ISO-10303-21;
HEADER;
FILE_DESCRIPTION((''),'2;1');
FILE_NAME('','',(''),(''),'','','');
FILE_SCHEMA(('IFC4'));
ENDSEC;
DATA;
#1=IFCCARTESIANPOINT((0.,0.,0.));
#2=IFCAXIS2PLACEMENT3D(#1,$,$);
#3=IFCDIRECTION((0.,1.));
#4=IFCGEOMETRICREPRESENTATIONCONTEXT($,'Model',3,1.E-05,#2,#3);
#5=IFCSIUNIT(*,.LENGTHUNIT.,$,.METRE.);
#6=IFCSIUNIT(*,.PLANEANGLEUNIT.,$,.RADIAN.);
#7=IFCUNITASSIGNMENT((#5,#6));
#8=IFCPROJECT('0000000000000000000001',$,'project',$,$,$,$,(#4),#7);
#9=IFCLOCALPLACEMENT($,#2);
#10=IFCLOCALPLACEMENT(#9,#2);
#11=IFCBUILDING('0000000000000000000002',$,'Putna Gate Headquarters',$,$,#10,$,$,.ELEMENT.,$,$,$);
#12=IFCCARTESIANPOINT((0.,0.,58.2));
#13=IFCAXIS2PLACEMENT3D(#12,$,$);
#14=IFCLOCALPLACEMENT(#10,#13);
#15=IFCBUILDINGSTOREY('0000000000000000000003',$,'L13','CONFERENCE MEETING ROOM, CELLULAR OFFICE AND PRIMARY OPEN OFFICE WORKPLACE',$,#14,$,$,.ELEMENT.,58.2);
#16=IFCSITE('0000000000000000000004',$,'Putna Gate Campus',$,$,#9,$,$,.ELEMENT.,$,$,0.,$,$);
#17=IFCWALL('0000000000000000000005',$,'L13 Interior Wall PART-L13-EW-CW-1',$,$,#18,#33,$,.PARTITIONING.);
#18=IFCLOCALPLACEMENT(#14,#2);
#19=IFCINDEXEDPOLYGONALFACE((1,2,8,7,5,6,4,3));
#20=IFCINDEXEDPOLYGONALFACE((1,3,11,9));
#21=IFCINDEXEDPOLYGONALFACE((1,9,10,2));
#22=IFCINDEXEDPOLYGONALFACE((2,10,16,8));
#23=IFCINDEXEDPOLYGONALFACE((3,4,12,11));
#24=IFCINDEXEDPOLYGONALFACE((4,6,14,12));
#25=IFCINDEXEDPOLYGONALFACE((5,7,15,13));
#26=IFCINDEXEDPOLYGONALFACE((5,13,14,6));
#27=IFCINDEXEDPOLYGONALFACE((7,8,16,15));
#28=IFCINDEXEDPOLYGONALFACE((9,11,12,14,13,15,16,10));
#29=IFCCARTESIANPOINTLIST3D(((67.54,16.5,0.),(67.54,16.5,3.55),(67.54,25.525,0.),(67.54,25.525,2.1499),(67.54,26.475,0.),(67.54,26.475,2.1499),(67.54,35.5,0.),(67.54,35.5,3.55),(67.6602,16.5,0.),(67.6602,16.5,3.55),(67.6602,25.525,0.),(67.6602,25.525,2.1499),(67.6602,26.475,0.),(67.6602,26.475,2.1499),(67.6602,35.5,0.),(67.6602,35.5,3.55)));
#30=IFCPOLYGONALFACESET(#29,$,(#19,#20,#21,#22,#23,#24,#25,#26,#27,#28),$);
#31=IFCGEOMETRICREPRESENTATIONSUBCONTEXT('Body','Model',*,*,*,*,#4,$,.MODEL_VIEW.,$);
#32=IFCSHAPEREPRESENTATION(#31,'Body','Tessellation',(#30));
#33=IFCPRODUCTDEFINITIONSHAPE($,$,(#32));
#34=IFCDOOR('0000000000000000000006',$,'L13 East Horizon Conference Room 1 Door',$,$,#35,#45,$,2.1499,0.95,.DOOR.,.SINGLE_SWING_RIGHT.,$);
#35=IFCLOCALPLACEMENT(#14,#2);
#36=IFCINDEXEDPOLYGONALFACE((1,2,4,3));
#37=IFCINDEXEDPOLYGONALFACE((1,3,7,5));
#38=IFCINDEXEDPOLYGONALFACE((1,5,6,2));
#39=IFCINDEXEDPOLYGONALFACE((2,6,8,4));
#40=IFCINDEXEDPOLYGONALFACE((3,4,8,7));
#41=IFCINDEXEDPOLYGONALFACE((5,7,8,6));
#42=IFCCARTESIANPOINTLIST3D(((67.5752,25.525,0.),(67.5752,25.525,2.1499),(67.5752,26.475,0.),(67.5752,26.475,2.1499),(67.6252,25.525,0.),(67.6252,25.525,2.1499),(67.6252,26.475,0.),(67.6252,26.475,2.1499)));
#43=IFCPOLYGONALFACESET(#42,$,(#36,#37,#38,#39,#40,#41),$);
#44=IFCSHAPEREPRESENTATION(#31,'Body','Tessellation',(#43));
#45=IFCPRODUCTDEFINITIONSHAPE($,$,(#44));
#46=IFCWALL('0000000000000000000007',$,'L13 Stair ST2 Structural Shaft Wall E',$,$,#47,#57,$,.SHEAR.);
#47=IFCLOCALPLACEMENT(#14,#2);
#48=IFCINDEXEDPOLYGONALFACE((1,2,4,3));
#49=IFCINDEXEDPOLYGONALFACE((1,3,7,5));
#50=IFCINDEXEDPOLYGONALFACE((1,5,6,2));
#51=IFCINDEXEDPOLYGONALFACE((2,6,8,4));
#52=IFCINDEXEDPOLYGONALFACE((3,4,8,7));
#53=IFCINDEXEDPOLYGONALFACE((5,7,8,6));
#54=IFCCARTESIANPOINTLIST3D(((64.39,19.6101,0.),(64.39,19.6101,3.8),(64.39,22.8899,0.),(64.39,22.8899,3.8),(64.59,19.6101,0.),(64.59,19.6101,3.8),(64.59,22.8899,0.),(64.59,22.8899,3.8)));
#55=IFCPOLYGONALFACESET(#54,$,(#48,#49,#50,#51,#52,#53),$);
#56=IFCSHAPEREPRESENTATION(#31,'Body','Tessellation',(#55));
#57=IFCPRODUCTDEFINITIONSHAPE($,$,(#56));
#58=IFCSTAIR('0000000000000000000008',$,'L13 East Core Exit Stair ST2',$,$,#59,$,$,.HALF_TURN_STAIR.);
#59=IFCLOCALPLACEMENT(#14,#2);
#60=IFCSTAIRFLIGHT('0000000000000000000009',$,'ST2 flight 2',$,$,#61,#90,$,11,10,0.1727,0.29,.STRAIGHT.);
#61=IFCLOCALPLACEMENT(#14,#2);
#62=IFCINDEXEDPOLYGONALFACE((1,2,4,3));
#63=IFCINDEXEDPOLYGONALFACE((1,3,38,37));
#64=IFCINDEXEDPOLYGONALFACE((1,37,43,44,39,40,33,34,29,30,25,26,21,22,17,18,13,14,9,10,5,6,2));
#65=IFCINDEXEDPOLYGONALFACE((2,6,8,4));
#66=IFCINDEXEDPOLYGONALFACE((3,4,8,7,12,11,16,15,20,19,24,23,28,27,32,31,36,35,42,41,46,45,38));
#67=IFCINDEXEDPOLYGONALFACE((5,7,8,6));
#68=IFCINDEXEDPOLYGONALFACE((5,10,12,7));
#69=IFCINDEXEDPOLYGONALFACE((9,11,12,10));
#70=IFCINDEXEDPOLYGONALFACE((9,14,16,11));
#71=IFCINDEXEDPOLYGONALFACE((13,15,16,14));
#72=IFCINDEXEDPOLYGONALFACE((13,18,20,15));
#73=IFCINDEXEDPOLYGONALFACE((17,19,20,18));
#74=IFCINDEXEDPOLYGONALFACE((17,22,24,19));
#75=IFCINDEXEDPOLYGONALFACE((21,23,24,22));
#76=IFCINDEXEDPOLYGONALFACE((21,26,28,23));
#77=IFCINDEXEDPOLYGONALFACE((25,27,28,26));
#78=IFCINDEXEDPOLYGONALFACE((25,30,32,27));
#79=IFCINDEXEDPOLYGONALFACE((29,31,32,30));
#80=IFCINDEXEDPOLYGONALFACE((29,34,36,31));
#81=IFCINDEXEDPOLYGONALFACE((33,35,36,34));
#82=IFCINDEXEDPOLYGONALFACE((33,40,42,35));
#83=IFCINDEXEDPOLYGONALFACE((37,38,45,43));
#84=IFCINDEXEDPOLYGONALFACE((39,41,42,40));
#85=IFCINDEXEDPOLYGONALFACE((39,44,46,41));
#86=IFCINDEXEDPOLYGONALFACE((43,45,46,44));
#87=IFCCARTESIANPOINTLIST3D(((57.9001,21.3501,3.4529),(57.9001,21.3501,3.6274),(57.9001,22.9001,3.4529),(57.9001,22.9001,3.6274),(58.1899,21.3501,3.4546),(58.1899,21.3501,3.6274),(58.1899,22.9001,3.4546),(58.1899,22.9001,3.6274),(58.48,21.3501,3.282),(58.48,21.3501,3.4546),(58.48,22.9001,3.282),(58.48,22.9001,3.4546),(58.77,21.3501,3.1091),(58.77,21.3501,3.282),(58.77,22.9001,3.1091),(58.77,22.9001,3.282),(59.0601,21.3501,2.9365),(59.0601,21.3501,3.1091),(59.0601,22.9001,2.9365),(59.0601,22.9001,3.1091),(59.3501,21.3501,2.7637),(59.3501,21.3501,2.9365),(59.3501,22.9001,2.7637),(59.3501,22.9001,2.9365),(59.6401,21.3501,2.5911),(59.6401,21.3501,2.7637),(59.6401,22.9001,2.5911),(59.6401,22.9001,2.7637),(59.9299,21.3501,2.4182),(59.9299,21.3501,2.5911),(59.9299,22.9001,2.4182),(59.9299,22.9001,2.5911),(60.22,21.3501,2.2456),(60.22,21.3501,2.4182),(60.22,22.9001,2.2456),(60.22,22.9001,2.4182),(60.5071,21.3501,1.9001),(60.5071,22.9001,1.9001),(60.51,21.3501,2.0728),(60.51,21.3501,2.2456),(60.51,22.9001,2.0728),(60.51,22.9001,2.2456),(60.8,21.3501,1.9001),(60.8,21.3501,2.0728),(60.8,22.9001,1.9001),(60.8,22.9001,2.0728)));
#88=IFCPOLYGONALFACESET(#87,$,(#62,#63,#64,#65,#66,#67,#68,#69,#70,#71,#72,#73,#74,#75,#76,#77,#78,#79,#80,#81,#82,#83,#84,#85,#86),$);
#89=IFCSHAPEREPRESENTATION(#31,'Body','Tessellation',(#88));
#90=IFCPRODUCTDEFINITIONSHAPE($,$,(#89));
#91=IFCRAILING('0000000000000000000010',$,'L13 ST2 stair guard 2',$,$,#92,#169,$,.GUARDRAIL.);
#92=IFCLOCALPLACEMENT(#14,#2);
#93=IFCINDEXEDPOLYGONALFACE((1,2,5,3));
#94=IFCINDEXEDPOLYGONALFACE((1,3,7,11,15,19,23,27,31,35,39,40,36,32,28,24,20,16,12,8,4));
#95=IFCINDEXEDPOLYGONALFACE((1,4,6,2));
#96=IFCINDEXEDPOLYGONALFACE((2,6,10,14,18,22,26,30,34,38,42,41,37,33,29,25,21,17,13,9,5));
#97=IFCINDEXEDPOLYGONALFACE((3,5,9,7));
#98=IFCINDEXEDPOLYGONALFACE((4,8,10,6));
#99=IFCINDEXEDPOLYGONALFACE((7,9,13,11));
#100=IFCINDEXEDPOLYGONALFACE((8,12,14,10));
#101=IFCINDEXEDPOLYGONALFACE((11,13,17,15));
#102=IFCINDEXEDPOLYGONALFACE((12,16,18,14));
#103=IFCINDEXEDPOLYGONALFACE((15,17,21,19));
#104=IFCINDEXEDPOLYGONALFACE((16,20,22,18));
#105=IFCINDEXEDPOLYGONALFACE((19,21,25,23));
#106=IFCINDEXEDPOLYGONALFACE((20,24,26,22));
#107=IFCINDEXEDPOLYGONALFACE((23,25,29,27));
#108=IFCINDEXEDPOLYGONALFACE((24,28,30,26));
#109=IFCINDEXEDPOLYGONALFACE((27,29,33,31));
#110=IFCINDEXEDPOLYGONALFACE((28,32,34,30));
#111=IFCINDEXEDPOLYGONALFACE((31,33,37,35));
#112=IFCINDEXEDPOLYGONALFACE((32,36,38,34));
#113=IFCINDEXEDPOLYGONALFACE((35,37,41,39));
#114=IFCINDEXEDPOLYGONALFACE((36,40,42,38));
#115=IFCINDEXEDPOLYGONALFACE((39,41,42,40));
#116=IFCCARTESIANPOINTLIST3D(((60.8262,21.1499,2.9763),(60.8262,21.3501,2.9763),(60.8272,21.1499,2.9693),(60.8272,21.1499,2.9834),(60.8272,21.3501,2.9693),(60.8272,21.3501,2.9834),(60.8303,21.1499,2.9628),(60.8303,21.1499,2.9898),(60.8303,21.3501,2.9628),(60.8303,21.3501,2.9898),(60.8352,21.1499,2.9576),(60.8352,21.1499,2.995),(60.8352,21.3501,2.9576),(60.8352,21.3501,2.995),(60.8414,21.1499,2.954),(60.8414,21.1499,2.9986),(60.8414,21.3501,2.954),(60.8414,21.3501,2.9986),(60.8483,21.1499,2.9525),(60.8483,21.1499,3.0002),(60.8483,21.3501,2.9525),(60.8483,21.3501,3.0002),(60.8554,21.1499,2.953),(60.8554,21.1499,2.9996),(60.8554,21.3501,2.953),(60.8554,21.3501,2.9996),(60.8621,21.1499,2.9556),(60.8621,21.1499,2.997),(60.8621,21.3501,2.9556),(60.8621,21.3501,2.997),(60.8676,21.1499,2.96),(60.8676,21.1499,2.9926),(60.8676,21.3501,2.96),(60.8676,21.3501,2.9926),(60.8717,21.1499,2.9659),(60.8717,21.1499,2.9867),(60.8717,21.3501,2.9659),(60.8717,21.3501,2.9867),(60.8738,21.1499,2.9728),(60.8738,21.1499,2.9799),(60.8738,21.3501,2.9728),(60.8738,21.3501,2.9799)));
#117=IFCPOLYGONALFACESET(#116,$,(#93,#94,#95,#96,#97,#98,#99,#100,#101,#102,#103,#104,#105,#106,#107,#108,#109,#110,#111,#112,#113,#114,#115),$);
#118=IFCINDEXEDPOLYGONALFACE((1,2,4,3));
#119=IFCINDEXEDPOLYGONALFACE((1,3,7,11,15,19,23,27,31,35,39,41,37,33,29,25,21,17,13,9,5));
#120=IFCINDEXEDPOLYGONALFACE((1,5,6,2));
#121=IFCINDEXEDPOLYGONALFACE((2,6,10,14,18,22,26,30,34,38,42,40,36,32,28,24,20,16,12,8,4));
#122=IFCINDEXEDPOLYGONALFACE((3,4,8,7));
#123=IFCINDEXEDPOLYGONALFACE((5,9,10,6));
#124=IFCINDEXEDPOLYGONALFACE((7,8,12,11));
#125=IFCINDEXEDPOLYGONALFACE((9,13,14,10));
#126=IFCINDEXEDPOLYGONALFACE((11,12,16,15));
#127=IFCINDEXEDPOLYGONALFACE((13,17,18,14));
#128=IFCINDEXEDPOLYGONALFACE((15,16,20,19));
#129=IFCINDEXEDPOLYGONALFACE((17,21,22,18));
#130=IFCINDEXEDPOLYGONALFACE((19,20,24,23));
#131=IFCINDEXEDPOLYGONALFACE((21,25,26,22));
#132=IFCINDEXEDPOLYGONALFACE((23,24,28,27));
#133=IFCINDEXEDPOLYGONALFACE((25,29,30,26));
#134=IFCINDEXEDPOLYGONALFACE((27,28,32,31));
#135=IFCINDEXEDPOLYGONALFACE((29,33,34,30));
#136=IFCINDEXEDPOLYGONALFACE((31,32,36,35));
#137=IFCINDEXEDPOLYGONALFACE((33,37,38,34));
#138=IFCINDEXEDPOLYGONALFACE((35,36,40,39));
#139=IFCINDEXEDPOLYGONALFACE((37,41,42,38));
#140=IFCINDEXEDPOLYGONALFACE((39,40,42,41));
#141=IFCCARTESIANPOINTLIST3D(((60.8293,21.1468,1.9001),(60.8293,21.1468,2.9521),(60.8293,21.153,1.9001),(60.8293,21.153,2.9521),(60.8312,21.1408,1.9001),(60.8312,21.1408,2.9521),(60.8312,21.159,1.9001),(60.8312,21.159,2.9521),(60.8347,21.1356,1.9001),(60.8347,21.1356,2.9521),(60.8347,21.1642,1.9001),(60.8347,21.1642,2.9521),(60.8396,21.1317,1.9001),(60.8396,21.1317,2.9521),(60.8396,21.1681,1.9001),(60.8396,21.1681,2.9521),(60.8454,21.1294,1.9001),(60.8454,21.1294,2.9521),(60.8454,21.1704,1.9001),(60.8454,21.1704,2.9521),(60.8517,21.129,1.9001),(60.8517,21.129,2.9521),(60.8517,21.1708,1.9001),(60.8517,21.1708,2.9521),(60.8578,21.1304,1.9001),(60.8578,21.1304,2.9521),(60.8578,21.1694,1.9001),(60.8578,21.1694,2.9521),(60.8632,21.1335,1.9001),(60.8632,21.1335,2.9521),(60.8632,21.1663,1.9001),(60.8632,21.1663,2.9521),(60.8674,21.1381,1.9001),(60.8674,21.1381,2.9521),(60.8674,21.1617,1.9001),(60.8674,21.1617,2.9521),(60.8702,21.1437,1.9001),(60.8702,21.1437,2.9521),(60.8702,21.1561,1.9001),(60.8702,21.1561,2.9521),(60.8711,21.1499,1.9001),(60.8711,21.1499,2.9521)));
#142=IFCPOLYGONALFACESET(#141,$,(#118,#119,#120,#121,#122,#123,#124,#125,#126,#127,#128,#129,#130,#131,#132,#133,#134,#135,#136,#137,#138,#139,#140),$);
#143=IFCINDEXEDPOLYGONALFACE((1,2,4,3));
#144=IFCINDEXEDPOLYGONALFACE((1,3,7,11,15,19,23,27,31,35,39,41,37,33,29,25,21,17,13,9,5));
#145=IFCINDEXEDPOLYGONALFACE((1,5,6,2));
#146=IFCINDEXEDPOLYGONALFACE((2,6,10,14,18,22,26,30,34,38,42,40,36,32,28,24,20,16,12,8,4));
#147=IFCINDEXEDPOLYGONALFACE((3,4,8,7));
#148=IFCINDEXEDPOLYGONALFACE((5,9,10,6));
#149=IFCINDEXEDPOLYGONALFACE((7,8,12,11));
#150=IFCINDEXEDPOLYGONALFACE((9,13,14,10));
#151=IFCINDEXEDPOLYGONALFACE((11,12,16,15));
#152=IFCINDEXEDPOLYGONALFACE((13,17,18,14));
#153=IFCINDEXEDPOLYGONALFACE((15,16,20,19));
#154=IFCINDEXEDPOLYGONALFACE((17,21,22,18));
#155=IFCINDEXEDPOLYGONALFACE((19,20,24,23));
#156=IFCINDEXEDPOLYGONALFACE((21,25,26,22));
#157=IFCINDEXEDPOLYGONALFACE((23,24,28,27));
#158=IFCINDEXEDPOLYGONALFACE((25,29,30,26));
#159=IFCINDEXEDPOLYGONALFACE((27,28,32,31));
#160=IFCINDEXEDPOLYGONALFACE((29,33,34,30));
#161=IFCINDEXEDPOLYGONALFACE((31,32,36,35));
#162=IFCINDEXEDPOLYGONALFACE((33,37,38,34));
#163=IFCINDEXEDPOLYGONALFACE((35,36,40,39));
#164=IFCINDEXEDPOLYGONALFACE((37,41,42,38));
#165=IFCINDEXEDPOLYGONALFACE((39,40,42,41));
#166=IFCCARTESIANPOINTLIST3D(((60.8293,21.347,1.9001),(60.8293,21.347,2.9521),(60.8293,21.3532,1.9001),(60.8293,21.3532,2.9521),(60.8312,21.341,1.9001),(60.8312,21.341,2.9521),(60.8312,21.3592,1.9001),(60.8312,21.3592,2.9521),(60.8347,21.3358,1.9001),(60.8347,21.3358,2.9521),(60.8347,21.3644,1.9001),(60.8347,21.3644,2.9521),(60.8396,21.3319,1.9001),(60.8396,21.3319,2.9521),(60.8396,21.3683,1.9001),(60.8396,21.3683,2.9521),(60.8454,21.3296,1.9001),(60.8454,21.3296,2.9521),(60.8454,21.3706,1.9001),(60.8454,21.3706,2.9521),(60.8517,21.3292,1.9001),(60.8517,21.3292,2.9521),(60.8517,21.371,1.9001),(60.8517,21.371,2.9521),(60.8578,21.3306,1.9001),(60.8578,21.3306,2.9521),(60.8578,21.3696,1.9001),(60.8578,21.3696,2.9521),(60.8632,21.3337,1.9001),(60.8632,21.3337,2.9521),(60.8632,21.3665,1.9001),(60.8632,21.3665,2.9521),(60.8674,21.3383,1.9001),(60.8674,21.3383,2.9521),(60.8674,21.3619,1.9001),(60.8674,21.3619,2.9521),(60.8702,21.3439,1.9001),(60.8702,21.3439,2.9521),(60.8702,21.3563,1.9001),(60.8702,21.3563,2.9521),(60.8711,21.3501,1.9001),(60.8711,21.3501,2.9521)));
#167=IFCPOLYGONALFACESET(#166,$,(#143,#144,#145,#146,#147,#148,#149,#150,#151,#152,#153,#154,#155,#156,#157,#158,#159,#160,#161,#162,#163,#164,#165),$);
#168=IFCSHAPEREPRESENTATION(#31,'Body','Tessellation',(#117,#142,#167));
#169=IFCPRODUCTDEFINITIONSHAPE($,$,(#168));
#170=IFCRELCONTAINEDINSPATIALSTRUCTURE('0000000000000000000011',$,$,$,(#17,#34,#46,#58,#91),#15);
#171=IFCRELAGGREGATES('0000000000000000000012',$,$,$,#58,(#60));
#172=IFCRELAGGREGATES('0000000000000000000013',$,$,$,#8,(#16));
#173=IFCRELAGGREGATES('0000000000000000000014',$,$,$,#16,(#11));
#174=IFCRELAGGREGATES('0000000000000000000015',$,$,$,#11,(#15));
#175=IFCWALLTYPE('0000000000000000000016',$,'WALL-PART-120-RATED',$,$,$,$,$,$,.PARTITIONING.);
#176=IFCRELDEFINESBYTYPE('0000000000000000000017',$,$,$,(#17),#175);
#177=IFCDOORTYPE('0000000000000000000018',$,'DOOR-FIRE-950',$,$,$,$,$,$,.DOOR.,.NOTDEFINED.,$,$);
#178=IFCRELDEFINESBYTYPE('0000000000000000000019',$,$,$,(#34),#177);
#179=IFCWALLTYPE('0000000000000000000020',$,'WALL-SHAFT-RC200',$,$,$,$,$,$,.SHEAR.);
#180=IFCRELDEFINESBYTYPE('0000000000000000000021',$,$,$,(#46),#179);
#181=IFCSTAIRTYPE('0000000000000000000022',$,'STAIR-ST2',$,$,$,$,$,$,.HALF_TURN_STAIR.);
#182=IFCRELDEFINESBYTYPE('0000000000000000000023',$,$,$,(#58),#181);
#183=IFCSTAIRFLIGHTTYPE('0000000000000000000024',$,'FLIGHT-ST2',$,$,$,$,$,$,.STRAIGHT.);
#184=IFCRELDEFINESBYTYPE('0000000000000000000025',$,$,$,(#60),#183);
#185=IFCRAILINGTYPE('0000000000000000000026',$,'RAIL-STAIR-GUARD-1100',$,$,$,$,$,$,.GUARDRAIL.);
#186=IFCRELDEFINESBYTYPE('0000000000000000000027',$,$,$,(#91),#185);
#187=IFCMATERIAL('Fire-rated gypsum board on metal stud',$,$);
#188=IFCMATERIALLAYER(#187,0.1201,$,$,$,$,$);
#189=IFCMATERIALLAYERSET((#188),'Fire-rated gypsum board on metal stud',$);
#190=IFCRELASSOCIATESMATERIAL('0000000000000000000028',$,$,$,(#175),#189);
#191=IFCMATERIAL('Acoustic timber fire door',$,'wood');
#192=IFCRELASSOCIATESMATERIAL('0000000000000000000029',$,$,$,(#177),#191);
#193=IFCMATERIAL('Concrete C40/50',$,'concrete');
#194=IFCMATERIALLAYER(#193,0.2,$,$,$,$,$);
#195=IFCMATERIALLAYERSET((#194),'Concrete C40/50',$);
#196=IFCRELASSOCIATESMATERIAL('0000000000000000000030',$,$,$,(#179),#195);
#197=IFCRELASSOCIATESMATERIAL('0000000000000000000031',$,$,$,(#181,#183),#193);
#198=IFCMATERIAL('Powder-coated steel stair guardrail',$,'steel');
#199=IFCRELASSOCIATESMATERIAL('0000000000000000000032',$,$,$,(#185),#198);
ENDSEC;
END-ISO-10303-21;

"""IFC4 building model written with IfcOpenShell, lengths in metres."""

from ifc_helpers import new_model, si_unit, direction, frame, frame_2d, origin, origin_2d, place, context, subcontext, project, spatial, polyline, rectangle, circle, outline, extrude, material, layer, layer_set, type_object, element, fill, aggregate, save


model = new_model("IFC4")

# Units and contexts
model_context = context("Model", 3, precision=1e-05, world=origin(), true_north=direction((0.0, 1.0)))
body_context = subcontext(model_context, "Body", "Model", "MODEL_VIEW")
ifc_project = project(units=[si_unit("LENGTHUNIT", "METRE"), si_unit("PLANEANGLEUNIT", "RADIAN")], contexts=[model_context])

# Site, building, storey
site_placement = place(None, origin())
site = spatial("IfcSite", under=ifc_project, at=site_placement, Name="Putna Gate Campus", CompositionType="ELEMENT", RefElevation=0.0)
building_placement = place(site_placement, origin())
building = spatial("IfcBuilding", under=site, at=building_placement, Name="Putna Gate Headquarters", CompositionType="ELEMENT")
storey_placement = place(building_placement, frame((0.0, 0.0, 58.2)))
storey = spatial("IfcBuildingStorey", under=building, at=storey_placement, Name="L13", Description="CONFERENCE MEETING ROOM, CELLULAR OFFICE AND PRIMARY OPEN OFFICE WORKPLACE", CompositionType="ELEMENT", Elevation=58.2)

# Wall, opening, door
ifc_material_1 = material(Name="Fire-rated gypsum board on metal stud")
ifc_layer_1 = layer(ifc_material_1, 0.1201)
ifc_layer_set_1 = layer_set([ifc_layer_1], Name="Fire-rated gypsum board on metal stud")
wall_type_1 = type_object("IfcWallType", Name="WALL-PART-120-RATED", PredefinedType="PARTITIONING", material=ifc_layer_set_1)
wall_1_placement = place(storey_placement, frame((67.6001, 16.5, 0.0), z_axis=(0.0, 0.0, 1.0), x_axis=(0.0, 1.0, 0.0)))
wall_1 = element("IfcWall", 1, at=wall_1_placement, inside=storey, type_object=wall_type_1, Name="L13 Interior Wall PART-L13-EW-CW-1", PredefinedType="PARTITIONING", context=body_context, shape_type="SweptSolid", body=[
    extrude(rectangle(XDim=19.0, YDim=0.1201, at=frame_2d((9.5, 0.0))), origin(), (0.0, 0.0, 1.0), 3.55),
])
opening_1_placement = place(wall_1_placement, frame((9.0249, 0.0, 0.0)))
opening_1 = element("IfcOpeningElement", 2, at=opening_1_placement, cuts=wall_1, PredefinedType="OPENING", context=body_context, shape_type="SweptSolid", body=[
    extrude(rectangle(XDim=0.95, YDim=2.1499, at=frame_2d((0.4751, 1.075))), frame((0.0, 0.0701, 0.0), z_axis=(0.0, -1.0, 0.0), x_axis=(1.0, 0.0, 0.0)), (0.0, 0.0, 1.0), 0.1401),
])
ifc_material_2 = material(Name="Acoustic timber fire door", Category="wood")
door_type_1 = type_object("IfcDoorType", Name="DOOR-FIRE-950", OperationType="NOTDEFINED", PredefinedType="DOOR", material=ifc_material_2)
door_1_placement = place(opening_1_placement, origin())
door_1 = element("IfcDoor", 3, at=door_1_placement, inside=storey, type_object=door_type_1, Name="L13 East Horizon Conference Room 1 Door", OperationType="SINGLE_SWING_RIGHT", OverallHeight=2.1499, OverallWidth=0.95, PredefinedType="DOOR", context=body_context, shape_type="SweptSolid", body=[
    extrude(rectangle(XDim=0.95, YDim=2.1499, at=frame_2d((0.4751, 1.075))), frame((0.0, 0.0249, 0.0), z_axis=(0.0, -1.0, 0.0), x_axis=(1.0, 0.0, 0.0)), (0.0, 0.0, 1.0), 0.05),
])
fill(opening_1, door_1)

# Wall
ifc_material_3 = material(Name="Concrete C40/50", Category="concrete")
ifc_layer_2 = layer(ifc_material_3, 0.2)
ifc_layer_set_2 = layer_set([ifc_layer_2], Name="Concrete C40/50")
wall_type_2 = type_object("IfcWallType", Name="WALL-SHAFT-RC200", PredefinedType="SHEAR", material=ifc_layer_set_2)
wall_2_placement = place(storey_placement, frame((64.49, 19.6101, 0.0), z_axis=(0.0, 0.0, 1.0), x_axis=(0.0, 1.0, 0.0)))
element("IfcWall", 4, at=wall_2_placement, inside=storey, type_object=wall_type_2, Name="L13 Stair ST2 Structural Shaft Wall E", PredefinedType="SHEAR", context=body_context, shape_type="SweptSolid", body=[
    extrude(rectangle(XDim=3.2798, YDim=0.2, at=frame_2d((1.6399, 0.0))), origin(), (0.0, 0.0, 1.0), 3.8),
])

# Stair, stair flight
stair_type = type_object("IfcStairType", Name="STAIR-ST2", PredefinedType="HALF_TURN_STAIR", material=ifc_material_3)
stair_placement = place(storey_placement, origin())
stair = element("IfcStair", 5, at=stair_placement, inside=storey, type_object=stair_type, Name="L13 East Core Exit Stair ST2", PredefinedType="HALF_TURN_STAIR")
stair_flight_type = type_object("IfcStairFlightType", Name="FLIGHT-ST2", PredefinedType="STRAIGHT", material=ifc_material_3)
stair_flight_placement = place(storey_placement, frame((60.8, 22.125, 1.9001), z_axis=(0.0, 0.0, 1.0), x_axis=(-1.0, 0.0, 0.0)))
stair_flight = element("IfcStairFlight", 6, at=stair_flight_placement, type_object=stair_flight_type, Name="ST2 flight 2", NumberOfRisers=11, NumberOfTreads=10, PredefinedType="STRAIGHT", RiserHeight=0.1727, TreadLength=0.29, context=body_context, shape_type="SweptSolid", body=[
    extrude(outline(polyline([(0.0, 0.0), (0.0, 0.1726), (0.29, 0.1726), (0.29, 0.3455), (0.5801, 0.3455), (0.5801, 0.5181), (0.8701, 0.5181), (0.8701, 0.6909), (1.1599, 0.6909), (1.1599, 0.8635), (1.45, 0.8635), (1.45, 1.0364), (1.74, 1.0364), (1.74, 1.209), (2.03, 1.209), (2.03, 1.3818), (2.3201, 1.3818), (2.3201, 1.5544), (2.6101, 1.5544), (2.6101, 1.7273), (2.8999, 1.7273), (2.8999, 1.8999), (2.8999, 1.5527), (0.293, 0.0), (0.0, 0.0)])), frame((0.0, 0.7749, 0.0), z_axis=(0.0, -1.0, 0.0), x_axis=(1.0, 0.0, 0.0)), (0.0, 0.0, 1.0), 1.55),
])
aggregate(stair, [stair_flight])

# Railing
ifc_material_4 = material(Name="Powder-coated steel stair guardrail", Category="steel")
railing_type_1 = type_object("IfcRailingType", Name="RAIL-STAIR-GUARD-1100", PredefinedType="GUARDRAIL", material=ifc_material_4)
railing_1_placement = place(storey_placement, frame((60.8501, 21.1499, 1.9001)))
element("IfcRailing", 7, at=railing_1_placement, inside=storey, type_object=railing_type_1, Name="L13 ST2 stair guard 2", PredefinedType="GUARDRAIL", context=body_context, shape_type="SweptSolid", body=[
    extrude(circle(Radius=0.0239, at=origin_2d()), frame((0.0, 0.0, 1.0762), z_axis=(0.0, 1.0, 0.0), x_axis=(-1.0, 0.0, 0.0)), (0.0, 0.0, 1.0), 0.2002),
    extrude(circle(Radius=0.021, at=origin_2d()), origin(), (0.0, 0.0, 1.0), 1.052),
    extrude(circle(Radius=0.021, at=origin_2d()), frame((0.0, 0.2002, 0.0)), (0.0, 0.0, 1.0), 1.052),
])

save(model, "model.ifc")
